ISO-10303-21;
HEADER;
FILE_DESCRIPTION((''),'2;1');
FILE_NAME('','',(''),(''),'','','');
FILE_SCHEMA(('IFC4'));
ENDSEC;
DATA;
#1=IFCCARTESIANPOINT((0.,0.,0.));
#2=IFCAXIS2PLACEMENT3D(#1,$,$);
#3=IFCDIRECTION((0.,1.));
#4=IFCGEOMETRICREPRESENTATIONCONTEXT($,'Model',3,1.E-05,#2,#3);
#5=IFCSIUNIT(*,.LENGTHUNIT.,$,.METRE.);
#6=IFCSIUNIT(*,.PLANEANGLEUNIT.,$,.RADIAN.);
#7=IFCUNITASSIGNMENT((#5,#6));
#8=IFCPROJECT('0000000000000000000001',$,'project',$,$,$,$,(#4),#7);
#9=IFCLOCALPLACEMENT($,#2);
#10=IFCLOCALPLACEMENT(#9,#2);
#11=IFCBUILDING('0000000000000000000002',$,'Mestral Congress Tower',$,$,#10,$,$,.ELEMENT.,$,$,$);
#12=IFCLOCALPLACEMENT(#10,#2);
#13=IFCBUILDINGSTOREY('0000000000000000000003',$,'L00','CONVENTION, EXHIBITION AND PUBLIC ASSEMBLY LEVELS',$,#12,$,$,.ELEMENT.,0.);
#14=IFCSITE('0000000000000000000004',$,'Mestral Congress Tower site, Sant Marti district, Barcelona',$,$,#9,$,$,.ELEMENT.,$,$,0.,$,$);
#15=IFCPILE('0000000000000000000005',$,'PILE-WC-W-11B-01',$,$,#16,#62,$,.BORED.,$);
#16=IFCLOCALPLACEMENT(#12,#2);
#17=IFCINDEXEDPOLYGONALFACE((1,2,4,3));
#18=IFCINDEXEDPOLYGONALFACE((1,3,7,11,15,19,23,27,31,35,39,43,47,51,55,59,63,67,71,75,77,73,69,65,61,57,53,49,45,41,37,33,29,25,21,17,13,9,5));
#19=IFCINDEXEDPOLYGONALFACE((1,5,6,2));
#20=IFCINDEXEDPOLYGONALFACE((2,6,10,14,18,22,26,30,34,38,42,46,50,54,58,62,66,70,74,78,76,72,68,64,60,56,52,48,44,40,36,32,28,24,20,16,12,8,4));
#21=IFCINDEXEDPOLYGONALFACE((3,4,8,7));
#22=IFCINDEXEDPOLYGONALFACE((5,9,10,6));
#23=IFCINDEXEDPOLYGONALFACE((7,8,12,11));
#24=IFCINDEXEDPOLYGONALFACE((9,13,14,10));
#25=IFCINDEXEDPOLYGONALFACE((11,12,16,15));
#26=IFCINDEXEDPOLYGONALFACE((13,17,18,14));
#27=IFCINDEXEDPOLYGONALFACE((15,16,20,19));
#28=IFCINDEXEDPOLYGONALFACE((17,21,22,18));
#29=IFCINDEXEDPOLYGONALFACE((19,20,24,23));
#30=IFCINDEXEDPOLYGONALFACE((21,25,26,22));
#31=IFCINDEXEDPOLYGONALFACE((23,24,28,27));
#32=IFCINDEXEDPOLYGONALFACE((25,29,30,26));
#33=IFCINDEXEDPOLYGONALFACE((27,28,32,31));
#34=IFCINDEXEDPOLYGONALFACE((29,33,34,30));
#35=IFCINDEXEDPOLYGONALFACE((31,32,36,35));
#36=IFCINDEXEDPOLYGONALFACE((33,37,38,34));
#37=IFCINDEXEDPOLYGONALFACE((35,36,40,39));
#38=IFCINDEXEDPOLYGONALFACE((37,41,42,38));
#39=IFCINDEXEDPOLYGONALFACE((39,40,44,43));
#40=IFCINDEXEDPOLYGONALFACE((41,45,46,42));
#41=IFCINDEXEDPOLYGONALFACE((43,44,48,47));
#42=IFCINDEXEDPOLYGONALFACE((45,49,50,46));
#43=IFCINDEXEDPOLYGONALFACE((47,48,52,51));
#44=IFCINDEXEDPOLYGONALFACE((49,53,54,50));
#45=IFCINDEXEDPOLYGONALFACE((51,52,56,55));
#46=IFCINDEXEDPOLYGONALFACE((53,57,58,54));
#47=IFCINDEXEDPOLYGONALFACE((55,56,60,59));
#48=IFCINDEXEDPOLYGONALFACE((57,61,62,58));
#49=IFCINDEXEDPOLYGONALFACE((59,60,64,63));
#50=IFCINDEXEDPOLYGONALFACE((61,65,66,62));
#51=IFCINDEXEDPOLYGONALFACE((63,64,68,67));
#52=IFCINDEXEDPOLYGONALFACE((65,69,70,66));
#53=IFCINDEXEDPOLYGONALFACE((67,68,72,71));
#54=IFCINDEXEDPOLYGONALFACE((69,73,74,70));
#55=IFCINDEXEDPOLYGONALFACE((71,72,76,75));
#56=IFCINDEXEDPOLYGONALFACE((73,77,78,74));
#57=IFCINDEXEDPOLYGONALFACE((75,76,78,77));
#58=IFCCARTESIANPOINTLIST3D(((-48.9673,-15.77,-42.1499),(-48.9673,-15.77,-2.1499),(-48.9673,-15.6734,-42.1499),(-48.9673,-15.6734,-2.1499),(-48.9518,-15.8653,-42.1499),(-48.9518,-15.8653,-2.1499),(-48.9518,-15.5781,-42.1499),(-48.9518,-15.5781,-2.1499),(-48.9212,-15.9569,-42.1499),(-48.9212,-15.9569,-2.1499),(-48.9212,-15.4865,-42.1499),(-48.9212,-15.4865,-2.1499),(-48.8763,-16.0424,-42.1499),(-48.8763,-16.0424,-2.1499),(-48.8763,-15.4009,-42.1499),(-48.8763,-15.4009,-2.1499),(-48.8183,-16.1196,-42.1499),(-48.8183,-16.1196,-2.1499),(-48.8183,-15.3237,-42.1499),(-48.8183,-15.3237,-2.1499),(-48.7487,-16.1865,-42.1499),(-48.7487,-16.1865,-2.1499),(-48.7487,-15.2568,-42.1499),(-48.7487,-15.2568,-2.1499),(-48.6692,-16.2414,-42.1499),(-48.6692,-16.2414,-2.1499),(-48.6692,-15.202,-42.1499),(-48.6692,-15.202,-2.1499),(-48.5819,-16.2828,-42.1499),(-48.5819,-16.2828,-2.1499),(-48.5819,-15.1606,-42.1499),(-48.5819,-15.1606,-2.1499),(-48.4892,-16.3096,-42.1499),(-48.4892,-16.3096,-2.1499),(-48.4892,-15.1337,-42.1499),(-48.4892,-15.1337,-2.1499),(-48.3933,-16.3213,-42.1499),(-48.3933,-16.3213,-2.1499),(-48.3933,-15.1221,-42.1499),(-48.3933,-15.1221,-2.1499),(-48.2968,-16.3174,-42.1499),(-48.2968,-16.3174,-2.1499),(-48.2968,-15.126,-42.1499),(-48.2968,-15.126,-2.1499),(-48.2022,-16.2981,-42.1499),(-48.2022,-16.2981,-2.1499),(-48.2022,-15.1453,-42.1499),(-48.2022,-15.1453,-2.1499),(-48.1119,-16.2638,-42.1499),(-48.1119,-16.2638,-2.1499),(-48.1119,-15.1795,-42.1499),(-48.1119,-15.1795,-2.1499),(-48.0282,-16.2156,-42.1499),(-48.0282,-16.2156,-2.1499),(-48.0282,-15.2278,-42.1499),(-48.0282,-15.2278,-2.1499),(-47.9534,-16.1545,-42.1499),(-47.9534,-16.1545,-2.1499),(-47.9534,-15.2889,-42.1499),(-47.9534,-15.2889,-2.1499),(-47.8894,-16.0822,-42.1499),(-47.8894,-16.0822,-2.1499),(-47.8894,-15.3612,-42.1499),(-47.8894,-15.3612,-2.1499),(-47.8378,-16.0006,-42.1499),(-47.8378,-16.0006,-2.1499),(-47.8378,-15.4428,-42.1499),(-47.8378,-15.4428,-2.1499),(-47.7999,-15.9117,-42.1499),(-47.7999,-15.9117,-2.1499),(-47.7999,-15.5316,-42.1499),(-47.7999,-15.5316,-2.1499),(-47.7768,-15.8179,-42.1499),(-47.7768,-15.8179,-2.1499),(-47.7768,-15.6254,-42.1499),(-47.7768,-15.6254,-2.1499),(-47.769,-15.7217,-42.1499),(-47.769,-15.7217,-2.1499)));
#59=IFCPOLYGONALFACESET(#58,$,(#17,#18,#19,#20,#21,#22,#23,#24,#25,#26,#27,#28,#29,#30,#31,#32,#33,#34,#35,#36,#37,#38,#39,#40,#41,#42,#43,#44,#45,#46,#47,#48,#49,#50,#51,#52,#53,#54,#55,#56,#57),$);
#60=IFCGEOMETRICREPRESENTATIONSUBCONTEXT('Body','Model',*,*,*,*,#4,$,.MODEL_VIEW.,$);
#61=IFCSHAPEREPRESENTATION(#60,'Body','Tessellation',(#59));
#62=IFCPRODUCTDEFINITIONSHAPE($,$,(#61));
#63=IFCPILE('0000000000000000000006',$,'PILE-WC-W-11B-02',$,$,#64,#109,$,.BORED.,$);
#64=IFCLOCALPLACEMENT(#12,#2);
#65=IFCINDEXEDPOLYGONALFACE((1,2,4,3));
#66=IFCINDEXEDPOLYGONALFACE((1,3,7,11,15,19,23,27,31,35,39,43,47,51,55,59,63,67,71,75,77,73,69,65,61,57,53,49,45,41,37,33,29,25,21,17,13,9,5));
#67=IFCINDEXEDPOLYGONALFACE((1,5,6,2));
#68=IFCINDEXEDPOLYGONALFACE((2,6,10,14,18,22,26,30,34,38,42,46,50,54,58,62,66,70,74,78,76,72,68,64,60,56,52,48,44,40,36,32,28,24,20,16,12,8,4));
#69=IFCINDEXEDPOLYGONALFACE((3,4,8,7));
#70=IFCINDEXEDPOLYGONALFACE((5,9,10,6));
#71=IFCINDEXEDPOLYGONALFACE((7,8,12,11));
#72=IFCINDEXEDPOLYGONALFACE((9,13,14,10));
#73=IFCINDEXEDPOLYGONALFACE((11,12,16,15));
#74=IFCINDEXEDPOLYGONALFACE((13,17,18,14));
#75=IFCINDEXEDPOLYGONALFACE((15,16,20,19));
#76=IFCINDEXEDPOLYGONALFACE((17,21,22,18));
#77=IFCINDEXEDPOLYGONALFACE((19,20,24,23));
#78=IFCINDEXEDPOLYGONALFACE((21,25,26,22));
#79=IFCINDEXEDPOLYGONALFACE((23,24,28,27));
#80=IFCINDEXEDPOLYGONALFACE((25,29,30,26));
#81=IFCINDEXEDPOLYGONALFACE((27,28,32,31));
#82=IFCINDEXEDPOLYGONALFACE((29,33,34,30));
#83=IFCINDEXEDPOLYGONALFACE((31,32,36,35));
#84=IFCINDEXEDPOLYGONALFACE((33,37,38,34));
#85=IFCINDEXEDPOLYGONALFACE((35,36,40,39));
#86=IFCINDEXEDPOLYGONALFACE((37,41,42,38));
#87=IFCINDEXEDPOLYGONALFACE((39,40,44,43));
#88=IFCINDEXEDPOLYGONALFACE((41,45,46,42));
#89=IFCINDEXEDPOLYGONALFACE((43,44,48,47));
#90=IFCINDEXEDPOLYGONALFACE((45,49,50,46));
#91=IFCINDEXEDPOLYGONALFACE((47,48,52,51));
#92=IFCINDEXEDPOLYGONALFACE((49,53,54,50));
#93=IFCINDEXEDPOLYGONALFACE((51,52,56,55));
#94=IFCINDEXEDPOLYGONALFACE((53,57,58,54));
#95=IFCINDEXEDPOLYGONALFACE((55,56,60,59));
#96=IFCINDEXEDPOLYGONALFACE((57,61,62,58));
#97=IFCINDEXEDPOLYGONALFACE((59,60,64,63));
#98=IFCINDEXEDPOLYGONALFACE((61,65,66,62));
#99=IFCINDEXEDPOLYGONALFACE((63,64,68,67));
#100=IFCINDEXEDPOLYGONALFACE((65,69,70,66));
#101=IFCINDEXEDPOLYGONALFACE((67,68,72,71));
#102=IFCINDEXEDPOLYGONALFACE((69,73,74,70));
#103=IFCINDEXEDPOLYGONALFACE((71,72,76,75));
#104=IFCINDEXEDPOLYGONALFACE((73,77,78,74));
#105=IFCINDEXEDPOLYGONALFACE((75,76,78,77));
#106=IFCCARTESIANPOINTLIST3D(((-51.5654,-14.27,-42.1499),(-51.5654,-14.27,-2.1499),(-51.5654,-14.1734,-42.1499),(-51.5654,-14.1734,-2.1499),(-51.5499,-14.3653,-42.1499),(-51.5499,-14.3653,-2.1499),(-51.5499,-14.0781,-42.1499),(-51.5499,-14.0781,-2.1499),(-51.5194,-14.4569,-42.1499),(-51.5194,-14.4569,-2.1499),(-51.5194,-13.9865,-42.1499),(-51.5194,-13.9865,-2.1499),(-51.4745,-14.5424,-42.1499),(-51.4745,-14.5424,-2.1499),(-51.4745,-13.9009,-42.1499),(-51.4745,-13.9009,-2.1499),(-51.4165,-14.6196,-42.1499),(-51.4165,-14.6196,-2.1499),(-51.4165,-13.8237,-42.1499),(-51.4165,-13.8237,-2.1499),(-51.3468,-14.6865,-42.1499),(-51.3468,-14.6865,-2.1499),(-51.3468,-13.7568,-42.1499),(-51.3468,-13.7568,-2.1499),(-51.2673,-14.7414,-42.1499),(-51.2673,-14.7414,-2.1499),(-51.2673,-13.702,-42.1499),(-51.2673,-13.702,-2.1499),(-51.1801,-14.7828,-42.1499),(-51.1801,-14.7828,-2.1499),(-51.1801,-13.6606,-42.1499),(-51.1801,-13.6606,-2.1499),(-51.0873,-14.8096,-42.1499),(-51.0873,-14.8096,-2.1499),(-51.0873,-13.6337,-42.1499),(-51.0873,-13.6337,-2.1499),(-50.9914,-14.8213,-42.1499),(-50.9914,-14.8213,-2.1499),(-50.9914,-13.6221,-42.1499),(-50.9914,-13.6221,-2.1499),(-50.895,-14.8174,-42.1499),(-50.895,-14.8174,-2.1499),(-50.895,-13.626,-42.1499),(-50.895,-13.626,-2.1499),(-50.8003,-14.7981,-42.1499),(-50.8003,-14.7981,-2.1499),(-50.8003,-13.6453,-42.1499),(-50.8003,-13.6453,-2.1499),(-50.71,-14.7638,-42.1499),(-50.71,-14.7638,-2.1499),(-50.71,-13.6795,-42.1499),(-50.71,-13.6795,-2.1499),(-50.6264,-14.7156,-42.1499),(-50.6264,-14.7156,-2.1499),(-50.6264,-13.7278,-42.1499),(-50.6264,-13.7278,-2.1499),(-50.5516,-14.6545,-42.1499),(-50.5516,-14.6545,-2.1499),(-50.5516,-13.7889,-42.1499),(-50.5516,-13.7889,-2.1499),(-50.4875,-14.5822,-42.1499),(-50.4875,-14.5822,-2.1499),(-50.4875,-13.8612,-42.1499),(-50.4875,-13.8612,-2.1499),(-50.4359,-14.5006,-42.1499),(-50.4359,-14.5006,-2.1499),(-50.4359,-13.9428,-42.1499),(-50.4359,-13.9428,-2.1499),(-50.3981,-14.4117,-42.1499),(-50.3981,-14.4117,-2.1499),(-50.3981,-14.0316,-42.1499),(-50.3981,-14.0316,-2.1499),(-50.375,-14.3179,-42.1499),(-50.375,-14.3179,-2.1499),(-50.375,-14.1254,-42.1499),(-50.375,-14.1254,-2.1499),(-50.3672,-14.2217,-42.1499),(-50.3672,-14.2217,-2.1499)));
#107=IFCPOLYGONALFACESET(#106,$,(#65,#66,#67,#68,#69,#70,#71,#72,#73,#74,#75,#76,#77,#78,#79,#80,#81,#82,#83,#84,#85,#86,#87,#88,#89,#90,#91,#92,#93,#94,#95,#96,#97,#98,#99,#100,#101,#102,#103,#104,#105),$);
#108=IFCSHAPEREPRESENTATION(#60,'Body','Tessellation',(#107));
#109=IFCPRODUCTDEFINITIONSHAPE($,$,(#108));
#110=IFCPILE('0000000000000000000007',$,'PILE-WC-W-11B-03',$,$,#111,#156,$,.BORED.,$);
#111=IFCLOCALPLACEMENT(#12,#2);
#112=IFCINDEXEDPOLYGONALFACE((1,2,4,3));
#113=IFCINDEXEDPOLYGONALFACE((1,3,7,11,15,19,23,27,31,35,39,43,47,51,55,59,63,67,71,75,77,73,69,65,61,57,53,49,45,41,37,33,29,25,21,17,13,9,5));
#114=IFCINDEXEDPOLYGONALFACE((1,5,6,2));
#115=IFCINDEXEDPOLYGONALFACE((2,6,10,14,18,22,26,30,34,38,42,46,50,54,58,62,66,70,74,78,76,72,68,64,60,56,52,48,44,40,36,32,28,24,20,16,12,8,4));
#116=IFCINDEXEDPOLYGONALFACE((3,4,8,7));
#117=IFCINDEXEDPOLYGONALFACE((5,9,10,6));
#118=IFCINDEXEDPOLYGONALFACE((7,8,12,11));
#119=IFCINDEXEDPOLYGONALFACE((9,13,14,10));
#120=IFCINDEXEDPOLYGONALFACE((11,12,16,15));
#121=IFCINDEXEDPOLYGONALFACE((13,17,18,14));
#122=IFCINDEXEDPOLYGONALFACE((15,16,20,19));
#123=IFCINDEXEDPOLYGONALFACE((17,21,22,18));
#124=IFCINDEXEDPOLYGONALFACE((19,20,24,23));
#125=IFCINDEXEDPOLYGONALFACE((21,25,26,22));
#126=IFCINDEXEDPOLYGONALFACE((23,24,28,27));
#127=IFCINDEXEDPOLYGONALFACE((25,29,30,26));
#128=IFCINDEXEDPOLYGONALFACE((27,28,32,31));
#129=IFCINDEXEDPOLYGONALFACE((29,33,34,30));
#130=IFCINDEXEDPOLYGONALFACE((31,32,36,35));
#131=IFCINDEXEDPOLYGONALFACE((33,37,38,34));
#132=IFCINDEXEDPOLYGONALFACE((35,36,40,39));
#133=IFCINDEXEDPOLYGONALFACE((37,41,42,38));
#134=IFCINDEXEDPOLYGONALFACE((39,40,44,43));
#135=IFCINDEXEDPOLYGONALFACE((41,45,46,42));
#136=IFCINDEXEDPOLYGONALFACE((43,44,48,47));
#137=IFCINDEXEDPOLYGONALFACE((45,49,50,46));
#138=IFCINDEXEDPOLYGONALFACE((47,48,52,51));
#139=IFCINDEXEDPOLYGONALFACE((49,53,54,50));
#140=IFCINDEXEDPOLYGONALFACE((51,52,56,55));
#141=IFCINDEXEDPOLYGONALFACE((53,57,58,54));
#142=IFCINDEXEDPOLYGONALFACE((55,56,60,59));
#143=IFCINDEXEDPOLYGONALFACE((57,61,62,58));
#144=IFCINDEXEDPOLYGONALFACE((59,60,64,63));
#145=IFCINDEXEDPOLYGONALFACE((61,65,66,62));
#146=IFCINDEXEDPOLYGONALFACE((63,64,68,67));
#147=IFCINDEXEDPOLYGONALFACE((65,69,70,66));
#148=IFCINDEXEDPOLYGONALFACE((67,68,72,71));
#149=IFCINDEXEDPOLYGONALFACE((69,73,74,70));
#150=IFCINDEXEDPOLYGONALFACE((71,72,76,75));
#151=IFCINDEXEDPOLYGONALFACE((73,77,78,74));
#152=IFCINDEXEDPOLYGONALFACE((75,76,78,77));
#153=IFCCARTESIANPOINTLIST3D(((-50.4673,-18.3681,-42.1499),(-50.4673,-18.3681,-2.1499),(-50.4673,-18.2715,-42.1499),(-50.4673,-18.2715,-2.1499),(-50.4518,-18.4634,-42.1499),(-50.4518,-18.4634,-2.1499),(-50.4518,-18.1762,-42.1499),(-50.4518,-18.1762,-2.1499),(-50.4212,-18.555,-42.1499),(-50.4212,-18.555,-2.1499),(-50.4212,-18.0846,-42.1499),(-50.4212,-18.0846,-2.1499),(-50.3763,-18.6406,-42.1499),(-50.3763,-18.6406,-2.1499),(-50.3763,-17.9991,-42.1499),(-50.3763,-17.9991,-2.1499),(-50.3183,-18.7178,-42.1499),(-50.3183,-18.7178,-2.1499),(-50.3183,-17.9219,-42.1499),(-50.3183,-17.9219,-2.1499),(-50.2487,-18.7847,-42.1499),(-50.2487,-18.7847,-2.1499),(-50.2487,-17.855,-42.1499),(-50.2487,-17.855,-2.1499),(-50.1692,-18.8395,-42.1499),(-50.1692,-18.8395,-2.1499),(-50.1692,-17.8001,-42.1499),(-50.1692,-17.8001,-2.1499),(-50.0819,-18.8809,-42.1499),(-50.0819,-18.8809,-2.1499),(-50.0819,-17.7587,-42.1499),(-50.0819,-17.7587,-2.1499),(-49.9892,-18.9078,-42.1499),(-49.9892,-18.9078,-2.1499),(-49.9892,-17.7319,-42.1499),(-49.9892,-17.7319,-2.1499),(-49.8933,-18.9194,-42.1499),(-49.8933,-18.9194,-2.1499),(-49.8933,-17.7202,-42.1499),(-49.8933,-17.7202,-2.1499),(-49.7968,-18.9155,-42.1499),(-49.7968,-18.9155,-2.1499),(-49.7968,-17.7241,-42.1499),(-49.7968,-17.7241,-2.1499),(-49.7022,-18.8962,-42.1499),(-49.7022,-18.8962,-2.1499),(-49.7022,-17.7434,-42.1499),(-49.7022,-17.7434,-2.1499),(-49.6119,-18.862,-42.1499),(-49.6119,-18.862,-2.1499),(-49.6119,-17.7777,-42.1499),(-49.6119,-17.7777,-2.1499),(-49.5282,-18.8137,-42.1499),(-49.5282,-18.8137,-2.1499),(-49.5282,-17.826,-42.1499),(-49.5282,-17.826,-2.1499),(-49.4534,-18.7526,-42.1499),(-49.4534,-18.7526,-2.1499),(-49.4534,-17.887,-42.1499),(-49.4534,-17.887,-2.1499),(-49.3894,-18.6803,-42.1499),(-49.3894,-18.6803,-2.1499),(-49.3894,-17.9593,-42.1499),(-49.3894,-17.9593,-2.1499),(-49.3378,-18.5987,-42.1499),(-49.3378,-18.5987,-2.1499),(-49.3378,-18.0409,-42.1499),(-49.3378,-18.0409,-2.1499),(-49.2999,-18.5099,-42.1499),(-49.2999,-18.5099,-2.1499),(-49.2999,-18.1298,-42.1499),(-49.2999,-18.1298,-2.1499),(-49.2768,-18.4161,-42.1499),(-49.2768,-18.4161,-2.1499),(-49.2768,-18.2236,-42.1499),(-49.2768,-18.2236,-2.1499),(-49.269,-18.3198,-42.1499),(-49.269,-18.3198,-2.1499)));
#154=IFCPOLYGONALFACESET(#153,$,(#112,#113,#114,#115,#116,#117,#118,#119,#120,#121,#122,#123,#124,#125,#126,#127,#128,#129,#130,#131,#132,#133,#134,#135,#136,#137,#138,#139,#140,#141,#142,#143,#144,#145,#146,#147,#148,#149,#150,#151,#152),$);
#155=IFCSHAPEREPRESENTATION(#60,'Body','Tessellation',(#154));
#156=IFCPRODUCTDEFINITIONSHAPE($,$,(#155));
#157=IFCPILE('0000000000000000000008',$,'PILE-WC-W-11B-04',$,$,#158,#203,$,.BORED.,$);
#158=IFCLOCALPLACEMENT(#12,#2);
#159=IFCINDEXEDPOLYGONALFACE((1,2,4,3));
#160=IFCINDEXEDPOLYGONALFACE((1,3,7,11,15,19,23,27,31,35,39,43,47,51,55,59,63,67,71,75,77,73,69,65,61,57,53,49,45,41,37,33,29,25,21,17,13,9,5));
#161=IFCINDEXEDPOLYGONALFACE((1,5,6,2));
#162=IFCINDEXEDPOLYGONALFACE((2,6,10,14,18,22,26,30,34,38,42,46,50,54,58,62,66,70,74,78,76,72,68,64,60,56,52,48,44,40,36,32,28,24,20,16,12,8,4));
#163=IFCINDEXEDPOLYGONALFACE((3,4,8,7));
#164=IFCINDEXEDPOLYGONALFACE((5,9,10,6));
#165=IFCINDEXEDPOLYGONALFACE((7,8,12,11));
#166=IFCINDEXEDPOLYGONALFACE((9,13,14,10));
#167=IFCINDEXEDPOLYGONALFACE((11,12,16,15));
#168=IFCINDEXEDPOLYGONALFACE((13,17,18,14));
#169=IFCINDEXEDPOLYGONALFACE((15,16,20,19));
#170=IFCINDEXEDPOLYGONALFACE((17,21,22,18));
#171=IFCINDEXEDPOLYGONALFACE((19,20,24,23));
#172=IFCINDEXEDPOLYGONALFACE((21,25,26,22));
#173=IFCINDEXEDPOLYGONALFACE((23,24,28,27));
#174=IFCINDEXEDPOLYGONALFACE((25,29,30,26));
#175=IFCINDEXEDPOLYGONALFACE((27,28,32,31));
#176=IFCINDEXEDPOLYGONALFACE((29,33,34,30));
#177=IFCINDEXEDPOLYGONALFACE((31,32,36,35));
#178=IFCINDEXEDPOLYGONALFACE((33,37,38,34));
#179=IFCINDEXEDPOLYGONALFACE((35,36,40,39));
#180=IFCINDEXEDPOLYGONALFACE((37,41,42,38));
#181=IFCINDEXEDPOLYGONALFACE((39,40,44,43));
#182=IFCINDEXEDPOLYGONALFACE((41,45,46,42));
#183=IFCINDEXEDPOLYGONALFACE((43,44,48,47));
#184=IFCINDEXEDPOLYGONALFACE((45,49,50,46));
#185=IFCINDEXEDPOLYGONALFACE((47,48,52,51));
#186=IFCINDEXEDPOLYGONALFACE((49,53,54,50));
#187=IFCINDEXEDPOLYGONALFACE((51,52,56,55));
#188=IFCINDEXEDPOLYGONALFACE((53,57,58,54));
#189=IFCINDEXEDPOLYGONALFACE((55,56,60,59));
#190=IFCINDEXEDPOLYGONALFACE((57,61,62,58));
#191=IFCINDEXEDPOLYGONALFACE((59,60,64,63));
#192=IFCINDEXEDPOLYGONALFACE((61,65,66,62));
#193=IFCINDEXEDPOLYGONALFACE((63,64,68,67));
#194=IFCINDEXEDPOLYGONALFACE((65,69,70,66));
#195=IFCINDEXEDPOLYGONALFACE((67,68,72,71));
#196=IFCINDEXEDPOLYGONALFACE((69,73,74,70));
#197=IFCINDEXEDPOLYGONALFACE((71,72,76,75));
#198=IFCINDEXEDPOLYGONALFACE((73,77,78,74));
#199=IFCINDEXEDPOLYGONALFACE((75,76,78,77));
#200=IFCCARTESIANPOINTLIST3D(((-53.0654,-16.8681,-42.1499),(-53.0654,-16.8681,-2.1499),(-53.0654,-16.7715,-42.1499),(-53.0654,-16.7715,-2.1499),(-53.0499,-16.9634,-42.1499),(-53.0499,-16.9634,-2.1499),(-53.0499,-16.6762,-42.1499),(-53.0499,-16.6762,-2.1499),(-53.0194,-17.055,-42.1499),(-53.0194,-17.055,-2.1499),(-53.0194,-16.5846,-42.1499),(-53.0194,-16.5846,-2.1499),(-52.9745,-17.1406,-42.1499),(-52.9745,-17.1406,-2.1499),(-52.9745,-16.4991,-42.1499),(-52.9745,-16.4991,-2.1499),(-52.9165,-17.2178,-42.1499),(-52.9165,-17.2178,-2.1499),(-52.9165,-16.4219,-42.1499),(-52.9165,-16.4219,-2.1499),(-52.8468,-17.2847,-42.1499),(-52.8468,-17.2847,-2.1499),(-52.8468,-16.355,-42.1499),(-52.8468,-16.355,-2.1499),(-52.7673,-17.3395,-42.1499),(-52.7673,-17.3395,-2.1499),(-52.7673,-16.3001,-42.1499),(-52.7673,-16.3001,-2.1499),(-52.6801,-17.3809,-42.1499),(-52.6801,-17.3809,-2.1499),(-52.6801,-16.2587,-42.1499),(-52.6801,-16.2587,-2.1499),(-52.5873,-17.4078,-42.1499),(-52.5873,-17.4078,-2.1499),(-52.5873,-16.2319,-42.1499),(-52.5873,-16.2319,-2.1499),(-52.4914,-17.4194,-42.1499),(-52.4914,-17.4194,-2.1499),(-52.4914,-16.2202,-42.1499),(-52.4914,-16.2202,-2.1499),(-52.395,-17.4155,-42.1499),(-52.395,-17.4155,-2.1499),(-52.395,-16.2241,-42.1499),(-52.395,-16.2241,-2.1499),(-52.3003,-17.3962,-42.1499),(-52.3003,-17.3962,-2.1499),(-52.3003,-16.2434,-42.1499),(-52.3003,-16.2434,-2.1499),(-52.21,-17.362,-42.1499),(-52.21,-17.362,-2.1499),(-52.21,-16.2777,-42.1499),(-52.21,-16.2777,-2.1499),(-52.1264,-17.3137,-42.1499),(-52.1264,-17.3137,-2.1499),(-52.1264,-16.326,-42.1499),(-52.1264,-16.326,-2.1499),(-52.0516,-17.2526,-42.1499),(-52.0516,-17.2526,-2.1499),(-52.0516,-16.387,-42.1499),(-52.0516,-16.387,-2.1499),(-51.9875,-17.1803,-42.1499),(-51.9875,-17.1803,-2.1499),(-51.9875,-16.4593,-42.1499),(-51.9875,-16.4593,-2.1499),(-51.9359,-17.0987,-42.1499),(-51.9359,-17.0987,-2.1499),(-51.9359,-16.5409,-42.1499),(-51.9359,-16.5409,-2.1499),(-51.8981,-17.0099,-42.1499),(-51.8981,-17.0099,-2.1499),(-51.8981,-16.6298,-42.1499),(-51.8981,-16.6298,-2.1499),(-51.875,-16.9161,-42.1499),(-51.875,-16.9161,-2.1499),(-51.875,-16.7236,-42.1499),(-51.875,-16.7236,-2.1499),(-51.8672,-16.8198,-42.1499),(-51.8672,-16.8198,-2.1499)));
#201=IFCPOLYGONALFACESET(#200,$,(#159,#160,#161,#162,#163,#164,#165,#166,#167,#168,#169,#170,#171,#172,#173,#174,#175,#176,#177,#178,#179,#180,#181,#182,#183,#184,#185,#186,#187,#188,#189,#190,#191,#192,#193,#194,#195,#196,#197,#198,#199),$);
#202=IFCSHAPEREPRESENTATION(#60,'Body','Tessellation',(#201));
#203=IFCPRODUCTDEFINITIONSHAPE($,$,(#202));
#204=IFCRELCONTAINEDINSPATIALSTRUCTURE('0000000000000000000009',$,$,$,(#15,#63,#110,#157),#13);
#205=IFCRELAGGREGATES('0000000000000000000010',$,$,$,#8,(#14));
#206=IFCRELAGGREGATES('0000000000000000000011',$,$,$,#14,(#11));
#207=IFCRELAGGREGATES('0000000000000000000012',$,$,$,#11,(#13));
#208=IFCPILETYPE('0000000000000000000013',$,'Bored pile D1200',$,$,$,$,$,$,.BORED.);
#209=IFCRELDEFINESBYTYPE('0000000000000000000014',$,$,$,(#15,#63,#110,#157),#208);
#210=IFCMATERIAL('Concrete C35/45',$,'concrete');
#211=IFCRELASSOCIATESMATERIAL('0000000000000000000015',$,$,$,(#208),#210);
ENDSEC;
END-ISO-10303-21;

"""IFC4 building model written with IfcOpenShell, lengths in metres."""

from ifc_helpers import new_model, si_unit, direction, frame, origin, origin_2d, place, context, subcontext, project, spatial, circle, extrude, material, material_profile, profile_set, type_object, element, save


model = new_model("IFC4")

# Units and contexts
model_context = context("Model", 3, precision=1e-05, world=origin(), true_north=direction((0.0, 1.0)))
body_context = subcontext(model_context, "Body", "Model", "MODEL_VIEW")
ifc_project = project(units=[si_unit("LENGTHUNIT", "METRE"), si_unit("PLANEANGLEUNIT", "RADIAN")], contexts=[model_context])

# Site, building, storey
site_placement = place(None, origin())
site = spatial("IfcSite", under=ifc_project, at=site_placement, Name="Mestral Congress Tower site, Sant Marti district, Barcelona", CompositionType="ELEMENT", RefElevation=0.0)
building_placement = place(site_placement, origin())
building = spatial("IfcBuilding", under=site, at=building_placement, Name="Mestral Congress Tower", CompositionType="ELEMENT")
storey_placement = place(building_placement, origin())
storey = spatial("IfcBuildingStorey", under=building, at=storey_placement, Name="L00", Description="CONVENTION, EXHIBITION AND PUBLIC ASSEMBLY LEVELS", CompositionType="ELEMENT", Elevation=0.0)

# Piles
ifc_material_1 = material(Name="Concrete C35/45", Category="concrete")
ifc_material_profile_1 = material_profile(ifc_material_1, circle(Radius=0.6001, at=origin_2d()), Name="D1200")
ifc_profile_set_1 = profile_set([ifc_material_profile_1], Name="Concrete C35/45")
pile_type = type_object("IfcPileType", Name="Bored pile D1200", PredefinedType="BORED", material=ifc_profile_set_1)
for number, where, z_axis, x_axis, name in (
    (1, (-48.3691, -15.7217, -2.1499), (0.0, 0.0, -1.0), (1.0, 0.0, 0.0), "PILE-WC-W-11B-01"),
    (2, (-50.9673, -14.2217, -2.1499), (0.0, 0.0, -1.0), (1.0, 0.0, 0.0), "PILE-WC-W-11B-02"),
    (3, (-49.8691, -18.3198, -2.1499), (0.0, 0.0, -1.0), (1.0, 0.0, 0.0), "PILE-WC-W-11B-03"),
    (4, (-52.4673, -16.8198, -2.1499), (0.0, 0.0, -1.0), (1.0, 0.0, 0.0), "PILE-WC-W-11B-04"),
):
    element("IfcPile", number, at=place(storey_placement, frame(where, z_axis=z_axis, x_axis=x_axis)), inside=storey, type_object=pile_type, Name=name, PredefinedType="BORED", context=body_context, shape_type="SweptSolid", body=[
        extrude(circle(Radius=0.6001, at=origin_2d()), origin(), (0.0, 0.0, 1.0), 40.0),
    ])

save(model, "model.ifc")
